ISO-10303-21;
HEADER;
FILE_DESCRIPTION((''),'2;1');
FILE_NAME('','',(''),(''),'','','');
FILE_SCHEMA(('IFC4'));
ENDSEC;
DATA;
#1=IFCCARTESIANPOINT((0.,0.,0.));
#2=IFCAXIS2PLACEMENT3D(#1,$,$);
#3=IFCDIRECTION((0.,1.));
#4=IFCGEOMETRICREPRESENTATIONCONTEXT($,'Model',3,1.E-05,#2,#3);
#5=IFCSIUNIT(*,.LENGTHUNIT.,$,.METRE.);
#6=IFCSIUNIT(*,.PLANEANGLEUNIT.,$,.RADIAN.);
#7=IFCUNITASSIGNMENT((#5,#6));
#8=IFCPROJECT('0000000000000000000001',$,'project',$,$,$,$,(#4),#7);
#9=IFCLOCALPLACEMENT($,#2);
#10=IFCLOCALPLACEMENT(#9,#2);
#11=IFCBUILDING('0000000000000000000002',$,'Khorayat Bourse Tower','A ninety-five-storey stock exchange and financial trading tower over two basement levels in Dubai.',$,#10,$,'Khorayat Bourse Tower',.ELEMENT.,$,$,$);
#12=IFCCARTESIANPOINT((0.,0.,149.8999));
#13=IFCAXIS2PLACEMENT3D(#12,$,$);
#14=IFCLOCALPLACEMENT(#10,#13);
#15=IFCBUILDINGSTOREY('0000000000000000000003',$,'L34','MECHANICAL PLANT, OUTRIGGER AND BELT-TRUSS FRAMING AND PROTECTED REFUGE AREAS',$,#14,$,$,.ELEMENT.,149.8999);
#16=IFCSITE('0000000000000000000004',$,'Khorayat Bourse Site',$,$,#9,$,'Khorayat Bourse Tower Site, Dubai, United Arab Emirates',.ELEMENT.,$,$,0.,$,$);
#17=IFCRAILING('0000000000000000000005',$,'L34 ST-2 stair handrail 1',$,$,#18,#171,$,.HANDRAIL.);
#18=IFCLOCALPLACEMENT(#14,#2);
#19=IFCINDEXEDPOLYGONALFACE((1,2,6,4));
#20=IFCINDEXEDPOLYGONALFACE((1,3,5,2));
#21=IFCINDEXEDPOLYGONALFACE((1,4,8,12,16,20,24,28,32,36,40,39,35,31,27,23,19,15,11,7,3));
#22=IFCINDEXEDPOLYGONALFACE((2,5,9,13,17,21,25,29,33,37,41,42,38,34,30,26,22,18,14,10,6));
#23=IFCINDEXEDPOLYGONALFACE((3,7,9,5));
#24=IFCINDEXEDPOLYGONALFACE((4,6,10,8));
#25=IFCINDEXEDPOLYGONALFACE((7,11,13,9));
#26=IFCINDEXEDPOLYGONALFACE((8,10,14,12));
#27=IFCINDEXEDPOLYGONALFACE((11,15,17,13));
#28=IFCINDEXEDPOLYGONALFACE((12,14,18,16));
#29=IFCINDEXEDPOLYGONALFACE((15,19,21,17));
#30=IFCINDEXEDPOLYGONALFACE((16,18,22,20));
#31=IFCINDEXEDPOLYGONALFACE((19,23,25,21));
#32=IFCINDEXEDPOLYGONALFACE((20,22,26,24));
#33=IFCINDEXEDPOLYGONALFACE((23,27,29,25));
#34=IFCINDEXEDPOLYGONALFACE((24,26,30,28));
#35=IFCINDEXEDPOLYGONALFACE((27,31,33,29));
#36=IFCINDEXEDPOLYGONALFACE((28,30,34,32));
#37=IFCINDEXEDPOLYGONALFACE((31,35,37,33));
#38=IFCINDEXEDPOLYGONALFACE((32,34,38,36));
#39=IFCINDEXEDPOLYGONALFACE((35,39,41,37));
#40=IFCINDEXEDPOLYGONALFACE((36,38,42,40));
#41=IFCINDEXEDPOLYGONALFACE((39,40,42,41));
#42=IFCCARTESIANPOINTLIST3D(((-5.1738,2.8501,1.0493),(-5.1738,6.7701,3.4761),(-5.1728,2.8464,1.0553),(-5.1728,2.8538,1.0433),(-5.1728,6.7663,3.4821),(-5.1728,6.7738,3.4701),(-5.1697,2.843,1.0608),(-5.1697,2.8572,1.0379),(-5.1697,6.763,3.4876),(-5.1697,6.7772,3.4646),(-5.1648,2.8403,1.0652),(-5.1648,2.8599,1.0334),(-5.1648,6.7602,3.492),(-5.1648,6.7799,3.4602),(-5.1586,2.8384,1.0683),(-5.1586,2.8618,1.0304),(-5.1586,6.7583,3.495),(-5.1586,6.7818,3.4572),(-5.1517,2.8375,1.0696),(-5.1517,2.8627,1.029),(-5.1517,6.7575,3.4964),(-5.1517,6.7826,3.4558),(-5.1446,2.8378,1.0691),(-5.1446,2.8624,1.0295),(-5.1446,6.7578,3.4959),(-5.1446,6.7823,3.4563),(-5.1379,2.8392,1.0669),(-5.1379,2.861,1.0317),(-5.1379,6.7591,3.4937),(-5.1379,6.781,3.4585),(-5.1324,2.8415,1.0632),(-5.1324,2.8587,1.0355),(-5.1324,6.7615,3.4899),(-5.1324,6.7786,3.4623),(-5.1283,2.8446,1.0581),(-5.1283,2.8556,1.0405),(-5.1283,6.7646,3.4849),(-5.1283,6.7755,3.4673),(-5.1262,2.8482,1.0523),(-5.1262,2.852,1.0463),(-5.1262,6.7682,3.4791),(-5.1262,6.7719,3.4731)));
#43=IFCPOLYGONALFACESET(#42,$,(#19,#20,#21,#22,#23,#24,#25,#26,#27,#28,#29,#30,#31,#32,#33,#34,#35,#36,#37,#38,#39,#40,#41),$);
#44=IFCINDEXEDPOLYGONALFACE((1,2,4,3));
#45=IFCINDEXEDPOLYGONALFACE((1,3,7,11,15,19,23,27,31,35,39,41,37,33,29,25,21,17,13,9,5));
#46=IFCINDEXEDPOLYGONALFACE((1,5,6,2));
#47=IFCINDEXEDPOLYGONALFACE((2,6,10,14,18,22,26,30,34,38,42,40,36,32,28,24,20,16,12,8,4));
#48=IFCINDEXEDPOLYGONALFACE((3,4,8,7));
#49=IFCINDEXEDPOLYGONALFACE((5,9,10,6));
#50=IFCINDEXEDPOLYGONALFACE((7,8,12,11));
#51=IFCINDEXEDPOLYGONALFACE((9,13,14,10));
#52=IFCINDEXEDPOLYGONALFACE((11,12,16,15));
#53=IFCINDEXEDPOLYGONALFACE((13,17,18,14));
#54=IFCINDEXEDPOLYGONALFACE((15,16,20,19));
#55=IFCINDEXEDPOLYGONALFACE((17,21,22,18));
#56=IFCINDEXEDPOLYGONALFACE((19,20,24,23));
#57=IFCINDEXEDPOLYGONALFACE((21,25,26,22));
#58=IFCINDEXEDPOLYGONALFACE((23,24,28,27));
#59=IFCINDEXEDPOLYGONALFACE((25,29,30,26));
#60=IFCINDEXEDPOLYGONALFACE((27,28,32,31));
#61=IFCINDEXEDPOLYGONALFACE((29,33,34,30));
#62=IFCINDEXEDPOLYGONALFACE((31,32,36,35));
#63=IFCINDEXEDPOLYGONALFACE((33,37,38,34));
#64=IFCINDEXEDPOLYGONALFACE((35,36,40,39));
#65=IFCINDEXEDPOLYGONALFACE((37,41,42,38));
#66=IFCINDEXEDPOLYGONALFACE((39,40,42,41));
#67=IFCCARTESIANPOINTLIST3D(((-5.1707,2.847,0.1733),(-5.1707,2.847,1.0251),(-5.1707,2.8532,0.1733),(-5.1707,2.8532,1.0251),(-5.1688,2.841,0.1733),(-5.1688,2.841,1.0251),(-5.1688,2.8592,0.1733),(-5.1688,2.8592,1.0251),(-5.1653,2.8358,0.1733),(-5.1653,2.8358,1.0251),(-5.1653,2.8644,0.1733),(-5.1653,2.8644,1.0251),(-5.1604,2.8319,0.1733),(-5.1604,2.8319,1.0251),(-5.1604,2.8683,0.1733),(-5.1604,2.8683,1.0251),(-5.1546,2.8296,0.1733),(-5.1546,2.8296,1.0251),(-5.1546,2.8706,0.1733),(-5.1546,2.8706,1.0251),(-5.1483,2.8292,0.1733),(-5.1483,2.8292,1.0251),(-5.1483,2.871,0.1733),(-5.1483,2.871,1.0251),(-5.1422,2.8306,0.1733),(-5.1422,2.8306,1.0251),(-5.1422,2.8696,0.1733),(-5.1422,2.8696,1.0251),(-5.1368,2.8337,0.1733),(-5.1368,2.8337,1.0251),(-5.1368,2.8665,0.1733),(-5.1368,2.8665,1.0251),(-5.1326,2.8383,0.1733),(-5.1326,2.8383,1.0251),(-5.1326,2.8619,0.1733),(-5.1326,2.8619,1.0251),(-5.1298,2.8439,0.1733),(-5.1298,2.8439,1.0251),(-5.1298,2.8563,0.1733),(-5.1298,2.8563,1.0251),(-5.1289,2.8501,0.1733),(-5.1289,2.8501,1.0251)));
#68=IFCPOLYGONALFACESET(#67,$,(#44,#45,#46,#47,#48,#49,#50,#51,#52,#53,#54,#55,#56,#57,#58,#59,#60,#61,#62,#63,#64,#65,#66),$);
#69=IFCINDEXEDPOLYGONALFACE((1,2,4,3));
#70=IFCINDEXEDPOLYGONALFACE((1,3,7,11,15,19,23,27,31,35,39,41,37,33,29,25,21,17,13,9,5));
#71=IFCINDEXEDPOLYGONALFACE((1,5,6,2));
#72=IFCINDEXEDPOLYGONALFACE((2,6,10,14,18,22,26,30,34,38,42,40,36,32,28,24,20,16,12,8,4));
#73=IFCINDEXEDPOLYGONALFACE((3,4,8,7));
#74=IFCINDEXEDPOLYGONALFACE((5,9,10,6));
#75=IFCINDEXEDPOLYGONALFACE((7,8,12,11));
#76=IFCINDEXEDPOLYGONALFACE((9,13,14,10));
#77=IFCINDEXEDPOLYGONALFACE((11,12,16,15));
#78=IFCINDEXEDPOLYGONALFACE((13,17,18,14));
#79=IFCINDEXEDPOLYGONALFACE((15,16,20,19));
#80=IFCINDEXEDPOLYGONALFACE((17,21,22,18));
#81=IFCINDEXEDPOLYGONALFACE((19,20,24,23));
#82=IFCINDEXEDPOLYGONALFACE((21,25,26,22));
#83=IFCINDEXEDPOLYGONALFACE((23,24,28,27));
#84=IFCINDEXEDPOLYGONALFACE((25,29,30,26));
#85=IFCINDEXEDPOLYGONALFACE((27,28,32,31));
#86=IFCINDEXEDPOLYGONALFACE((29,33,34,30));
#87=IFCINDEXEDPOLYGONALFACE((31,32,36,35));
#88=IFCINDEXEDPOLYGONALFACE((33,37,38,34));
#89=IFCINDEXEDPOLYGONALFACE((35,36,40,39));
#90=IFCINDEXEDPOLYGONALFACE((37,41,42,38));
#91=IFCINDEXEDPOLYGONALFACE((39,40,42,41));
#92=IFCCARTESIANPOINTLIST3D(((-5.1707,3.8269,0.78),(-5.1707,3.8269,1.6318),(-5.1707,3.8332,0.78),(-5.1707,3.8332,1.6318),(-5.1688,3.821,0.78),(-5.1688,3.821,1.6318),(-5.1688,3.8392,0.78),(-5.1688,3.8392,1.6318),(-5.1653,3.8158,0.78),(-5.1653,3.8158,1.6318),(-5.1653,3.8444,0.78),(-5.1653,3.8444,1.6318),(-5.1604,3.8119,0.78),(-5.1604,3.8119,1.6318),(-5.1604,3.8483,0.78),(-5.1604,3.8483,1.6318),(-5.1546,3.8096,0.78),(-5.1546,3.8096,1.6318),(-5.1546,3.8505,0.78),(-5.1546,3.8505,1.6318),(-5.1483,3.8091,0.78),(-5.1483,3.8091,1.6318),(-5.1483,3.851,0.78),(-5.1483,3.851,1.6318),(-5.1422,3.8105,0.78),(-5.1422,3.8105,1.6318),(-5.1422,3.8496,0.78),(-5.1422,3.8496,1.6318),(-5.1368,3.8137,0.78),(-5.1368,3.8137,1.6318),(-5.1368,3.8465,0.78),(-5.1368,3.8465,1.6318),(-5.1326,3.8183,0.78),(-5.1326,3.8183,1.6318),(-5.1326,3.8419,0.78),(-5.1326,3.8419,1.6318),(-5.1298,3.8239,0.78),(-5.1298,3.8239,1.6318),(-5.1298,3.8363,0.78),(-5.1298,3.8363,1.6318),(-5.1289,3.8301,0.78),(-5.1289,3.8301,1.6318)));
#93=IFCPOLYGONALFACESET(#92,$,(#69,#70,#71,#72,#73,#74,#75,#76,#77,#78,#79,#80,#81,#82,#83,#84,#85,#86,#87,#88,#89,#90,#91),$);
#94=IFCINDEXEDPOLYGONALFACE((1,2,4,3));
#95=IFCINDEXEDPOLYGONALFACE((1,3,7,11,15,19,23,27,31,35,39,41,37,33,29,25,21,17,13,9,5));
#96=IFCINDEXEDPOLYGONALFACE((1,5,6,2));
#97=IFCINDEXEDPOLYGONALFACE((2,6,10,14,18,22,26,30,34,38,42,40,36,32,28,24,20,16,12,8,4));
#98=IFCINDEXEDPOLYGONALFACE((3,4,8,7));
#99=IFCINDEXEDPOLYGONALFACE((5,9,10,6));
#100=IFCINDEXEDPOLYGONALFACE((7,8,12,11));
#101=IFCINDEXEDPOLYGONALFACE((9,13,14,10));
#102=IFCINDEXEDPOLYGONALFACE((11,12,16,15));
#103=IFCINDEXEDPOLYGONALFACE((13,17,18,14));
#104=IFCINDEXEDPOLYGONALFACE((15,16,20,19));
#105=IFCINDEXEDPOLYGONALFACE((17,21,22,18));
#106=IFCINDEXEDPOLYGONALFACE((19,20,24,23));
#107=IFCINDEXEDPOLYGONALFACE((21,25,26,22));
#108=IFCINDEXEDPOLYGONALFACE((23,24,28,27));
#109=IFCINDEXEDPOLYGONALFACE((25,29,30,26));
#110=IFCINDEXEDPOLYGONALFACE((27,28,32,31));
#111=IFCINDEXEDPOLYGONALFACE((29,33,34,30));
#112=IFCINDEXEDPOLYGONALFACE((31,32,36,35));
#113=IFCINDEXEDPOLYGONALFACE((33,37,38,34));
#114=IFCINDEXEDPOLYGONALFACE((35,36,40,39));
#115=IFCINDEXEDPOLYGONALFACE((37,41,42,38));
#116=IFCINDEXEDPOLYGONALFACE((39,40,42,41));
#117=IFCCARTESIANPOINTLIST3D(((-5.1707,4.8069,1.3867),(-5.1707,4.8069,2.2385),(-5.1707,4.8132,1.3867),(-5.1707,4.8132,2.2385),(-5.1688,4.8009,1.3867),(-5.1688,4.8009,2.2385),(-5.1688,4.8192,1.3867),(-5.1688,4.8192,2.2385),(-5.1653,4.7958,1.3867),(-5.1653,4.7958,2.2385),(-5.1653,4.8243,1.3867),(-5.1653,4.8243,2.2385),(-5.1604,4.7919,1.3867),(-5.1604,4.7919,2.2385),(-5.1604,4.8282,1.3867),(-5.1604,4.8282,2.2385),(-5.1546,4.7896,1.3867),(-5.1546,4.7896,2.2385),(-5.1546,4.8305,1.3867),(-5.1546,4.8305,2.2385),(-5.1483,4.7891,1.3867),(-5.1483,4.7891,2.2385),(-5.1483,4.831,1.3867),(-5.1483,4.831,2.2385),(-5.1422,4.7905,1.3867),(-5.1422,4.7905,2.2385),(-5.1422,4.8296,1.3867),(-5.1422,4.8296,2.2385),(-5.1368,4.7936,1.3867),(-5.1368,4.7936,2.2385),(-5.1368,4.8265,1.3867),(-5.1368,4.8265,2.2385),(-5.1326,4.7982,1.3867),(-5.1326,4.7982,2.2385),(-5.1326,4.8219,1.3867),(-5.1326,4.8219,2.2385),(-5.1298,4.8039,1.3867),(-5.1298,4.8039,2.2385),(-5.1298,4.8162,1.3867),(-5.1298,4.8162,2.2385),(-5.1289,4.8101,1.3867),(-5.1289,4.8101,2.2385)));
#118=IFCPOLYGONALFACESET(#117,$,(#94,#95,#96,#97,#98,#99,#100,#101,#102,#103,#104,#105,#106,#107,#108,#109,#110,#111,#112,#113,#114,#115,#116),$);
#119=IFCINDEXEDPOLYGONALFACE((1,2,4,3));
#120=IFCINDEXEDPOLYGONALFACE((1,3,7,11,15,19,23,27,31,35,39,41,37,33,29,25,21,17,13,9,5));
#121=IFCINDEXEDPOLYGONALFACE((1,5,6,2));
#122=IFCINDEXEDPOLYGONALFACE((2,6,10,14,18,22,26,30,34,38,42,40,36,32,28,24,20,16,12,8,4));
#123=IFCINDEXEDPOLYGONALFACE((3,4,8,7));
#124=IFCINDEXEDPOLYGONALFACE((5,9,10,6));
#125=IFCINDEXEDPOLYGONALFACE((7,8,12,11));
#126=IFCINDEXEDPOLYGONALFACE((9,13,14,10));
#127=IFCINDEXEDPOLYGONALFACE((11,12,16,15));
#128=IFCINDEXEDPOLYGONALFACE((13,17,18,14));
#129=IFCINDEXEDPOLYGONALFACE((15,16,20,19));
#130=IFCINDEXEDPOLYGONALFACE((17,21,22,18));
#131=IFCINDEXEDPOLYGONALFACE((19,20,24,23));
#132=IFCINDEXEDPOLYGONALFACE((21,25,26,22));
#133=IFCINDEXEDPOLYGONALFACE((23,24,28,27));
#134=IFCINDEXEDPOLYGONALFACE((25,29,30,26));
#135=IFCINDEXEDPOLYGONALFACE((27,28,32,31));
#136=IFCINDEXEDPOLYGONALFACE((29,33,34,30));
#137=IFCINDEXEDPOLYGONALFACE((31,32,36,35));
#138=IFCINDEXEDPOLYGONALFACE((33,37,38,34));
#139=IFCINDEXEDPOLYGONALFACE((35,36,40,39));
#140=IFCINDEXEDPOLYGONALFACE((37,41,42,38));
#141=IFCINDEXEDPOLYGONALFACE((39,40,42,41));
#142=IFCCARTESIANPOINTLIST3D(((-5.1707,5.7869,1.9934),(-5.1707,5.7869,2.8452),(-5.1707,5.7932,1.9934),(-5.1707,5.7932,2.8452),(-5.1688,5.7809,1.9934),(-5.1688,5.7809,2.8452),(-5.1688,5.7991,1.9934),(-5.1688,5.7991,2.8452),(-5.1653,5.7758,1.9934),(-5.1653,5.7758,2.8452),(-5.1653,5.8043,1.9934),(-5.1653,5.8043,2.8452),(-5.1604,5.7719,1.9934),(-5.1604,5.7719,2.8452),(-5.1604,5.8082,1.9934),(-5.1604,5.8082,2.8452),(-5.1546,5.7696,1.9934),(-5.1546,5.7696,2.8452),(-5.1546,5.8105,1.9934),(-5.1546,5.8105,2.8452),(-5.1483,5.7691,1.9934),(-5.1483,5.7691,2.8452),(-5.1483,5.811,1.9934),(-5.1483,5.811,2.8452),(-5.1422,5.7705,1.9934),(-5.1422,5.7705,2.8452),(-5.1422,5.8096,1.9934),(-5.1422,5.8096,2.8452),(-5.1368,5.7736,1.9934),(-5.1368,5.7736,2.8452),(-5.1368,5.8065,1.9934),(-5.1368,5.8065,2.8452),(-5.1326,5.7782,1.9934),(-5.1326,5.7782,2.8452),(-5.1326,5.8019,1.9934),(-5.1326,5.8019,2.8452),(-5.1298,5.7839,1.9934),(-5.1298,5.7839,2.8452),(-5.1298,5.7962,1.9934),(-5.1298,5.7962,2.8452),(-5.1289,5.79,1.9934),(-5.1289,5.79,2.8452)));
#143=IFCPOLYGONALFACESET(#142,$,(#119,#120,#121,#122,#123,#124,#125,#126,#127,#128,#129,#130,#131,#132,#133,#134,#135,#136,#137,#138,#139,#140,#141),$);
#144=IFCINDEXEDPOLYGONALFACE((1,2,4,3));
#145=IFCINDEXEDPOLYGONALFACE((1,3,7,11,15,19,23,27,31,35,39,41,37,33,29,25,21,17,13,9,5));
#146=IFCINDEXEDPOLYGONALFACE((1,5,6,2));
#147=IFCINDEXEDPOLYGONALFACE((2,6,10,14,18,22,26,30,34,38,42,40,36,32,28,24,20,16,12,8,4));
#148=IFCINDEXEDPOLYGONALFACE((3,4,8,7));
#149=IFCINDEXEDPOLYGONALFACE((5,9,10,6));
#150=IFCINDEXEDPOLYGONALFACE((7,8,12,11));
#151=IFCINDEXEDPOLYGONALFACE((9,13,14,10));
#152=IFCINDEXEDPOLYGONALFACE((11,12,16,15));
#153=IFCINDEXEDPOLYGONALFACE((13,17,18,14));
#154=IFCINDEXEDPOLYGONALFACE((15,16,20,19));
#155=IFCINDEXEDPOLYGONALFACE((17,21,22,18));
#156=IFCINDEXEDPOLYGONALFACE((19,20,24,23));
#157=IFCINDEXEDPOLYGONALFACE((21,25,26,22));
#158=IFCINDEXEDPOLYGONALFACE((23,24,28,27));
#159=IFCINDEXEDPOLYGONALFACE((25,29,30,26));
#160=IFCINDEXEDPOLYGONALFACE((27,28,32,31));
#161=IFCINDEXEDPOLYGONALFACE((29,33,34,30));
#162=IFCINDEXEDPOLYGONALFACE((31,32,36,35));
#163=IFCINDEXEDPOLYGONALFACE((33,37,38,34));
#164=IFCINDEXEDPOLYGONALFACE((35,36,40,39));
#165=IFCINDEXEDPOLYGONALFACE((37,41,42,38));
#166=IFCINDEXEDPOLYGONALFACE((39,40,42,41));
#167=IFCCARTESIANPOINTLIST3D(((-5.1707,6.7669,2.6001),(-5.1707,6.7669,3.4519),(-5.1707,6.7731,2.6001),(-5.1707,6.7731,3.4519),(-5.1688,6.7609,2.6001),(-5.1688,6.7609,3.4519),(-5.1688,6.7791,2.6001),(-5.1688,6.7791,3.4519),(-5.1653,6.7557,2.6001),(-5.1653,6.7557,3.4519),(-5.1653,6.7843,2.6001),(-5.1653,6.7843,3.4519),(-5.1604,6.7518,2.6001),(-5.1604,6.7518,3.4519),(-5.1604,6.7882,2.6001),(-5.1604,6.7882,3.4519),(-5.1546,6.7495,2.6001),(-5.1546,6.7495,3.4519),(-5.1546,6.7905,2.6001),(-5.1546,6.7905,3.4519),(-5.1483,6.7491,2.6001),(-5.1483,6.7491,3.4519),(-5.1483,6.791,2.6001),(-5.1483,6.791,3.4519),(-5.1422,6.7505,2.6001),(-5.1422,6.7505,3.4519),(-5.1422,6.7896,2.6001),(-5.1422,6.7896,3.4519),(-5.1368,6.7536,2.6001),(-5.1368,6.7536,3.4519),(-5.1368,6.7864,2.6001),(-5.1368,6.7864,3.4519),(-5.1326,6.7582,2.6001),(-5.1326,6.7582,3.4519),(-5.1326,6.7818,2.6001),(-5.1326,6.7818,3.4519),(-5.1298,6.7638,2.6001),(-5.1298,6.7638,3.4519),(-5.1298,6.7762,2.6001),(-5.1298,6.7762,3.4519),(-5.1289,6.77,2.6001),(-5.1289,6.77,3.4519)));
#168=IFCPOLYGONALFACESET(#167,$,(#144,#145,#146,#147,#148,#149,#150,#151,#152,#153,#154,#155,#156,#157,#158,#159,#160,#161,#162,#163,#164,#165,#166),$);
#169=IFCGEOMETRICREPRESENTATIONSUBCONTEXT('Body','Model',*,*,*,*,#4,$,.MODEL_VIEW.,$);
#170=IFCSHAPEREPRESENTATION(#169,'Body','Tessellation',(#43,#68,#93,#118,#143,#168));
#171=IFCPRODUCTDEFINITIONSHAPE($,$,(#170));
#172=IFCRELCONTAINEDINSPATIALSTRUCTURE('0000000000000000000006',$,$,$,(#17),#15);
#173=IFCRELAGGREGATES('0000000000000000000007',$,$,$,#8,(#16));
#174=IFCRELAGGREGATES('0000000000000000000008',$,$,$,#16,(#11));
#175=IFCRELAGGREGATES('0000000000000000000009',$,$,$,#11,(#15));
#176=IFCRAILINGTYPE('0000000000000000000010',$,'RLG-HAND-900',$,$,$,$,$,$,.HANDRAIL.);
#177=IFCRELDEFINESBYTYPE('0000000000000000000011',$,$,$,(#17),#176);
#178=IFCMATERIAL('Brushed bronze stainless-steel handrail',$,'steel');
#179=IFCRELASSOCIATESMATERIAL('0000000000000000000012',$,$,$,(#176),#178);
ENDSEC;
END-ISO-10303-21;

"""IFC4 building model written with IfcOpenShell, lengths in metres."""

from ifc_helpers import new_model, si_unit, direction, frame, origin, origin_2d, place, context, subcontext, project, spatial, circle, extrude, source, transform, mapped, material, type_object, element, save


model = new_model("IFC4")

# Units and contexts
model_context = context("Model", 3, precision=1e-05, world=origin(), true_north=direction((0.0, 1.0)))
body_context = subcontext(model_context, "Body", "Model", "MODEL_VIEW")
ifc_project = project(units=[si_unit("LENGTHUNIT", "METRE"), si_unit("PLANEANGLEUNIT", "RADIAN")], contexts=[model_context])

# Site, building, storey
site_placement = place(None, origin())
site = spatial("IfcSite", under=ifc_project, at=site_placement, Name="Khorayat Bourse Site", LongName="Khorayat Bourse Tower Site, Dubai, United Arab Emirates", CompositionType="ELEMENT", RefElevation=0.0)
building_placement = place(site_placement, origin())
building = spatial("IfcBuilding", under=site, at=building_placement, Name="Khorayat Bourse Tower", Description="A ninety-five-storey stock exchange and financial trading tower over two basement levels in Dubai.", LongName="Khorayat Bourse Tower", CompositionType="ELEMENT")
storey_placement = place(building_placement, frame((0.0, 0.0, 149.8999)))
storey = spatial("IfcBuildingStorey", under=building, at=storey_placement, Name="L34", Description="MECHANICAL PLANT, OUTRIGGER AND BELT-TRUSS FRAMING AND PROTECTED REFUGE AREAS", CompositionType="ELEMENT", Elevation=149.8999)

# Railing
ifc_material_1 = material(Name="Brushed bronze stainless-steel handrail", Category="steel")
railing_type_1 = type_object("IfcRailingType", Name="RLG-HAND-900", PredefinedType="HANDRAIL", material=ifc_material_1)
shared_shape_1 = source(origin(), body_context, "Body", "SweptSolid", [
    extrude(circle(Radius=0.0239, at=origin_2d()), frame((0.0, 0.0, 0.876), z_axis=(0.0, 0.850252, 0.526376), x_axis=(-1.0, 0.0, 0.0)), (0.0, 0.0, 1.0), 4.6104),
    extrude(circle(Radius=0.021, at=origin_2d()), origin(), (0.0, 0.0, 1.0), 0.8518),
    extrude(circle(Radius=0.021, at=origin_2d()), frame((0.0, 0.98, 0.6067)), (0.0, 0.0, 1.0), 0.8518),
    extrude(circle(Radius=0.021, at=origin_2d()), frame((0.0, 1.96, 1.2134)), (0.0, 0.0, 1.0), 0.8518),
    extrude(circle(Radius=0.021, at=origin_2d()), frame((0.0, 2.9399, 1.8201)), (0.0, 0.0, 1.0), 0.8518),
    extrude(circle(Radius=0.021, at=origin_2d()), frame((0.0, 3.9199, 2.4268)), (0.0, 0.0, 1.0), 0.8518),
])
railing_1_placement = place(storey_placement, frame((-5.1499, 2.8501, 0.1733)))
element("IfcRailing", 1, at=railing_1_placement, inside=storey, type_object=railing_type_1, Name="L34 ST-2 stair handrail 1", PredefinedType="HANDRAIL", context=body_context, shape_type="MappedRepresentation", body=[
    mapped(shared_shape_1, transform((0.0, 0.0, 0.0), scale=1.0)),
])

save(model, "model.ifc")
